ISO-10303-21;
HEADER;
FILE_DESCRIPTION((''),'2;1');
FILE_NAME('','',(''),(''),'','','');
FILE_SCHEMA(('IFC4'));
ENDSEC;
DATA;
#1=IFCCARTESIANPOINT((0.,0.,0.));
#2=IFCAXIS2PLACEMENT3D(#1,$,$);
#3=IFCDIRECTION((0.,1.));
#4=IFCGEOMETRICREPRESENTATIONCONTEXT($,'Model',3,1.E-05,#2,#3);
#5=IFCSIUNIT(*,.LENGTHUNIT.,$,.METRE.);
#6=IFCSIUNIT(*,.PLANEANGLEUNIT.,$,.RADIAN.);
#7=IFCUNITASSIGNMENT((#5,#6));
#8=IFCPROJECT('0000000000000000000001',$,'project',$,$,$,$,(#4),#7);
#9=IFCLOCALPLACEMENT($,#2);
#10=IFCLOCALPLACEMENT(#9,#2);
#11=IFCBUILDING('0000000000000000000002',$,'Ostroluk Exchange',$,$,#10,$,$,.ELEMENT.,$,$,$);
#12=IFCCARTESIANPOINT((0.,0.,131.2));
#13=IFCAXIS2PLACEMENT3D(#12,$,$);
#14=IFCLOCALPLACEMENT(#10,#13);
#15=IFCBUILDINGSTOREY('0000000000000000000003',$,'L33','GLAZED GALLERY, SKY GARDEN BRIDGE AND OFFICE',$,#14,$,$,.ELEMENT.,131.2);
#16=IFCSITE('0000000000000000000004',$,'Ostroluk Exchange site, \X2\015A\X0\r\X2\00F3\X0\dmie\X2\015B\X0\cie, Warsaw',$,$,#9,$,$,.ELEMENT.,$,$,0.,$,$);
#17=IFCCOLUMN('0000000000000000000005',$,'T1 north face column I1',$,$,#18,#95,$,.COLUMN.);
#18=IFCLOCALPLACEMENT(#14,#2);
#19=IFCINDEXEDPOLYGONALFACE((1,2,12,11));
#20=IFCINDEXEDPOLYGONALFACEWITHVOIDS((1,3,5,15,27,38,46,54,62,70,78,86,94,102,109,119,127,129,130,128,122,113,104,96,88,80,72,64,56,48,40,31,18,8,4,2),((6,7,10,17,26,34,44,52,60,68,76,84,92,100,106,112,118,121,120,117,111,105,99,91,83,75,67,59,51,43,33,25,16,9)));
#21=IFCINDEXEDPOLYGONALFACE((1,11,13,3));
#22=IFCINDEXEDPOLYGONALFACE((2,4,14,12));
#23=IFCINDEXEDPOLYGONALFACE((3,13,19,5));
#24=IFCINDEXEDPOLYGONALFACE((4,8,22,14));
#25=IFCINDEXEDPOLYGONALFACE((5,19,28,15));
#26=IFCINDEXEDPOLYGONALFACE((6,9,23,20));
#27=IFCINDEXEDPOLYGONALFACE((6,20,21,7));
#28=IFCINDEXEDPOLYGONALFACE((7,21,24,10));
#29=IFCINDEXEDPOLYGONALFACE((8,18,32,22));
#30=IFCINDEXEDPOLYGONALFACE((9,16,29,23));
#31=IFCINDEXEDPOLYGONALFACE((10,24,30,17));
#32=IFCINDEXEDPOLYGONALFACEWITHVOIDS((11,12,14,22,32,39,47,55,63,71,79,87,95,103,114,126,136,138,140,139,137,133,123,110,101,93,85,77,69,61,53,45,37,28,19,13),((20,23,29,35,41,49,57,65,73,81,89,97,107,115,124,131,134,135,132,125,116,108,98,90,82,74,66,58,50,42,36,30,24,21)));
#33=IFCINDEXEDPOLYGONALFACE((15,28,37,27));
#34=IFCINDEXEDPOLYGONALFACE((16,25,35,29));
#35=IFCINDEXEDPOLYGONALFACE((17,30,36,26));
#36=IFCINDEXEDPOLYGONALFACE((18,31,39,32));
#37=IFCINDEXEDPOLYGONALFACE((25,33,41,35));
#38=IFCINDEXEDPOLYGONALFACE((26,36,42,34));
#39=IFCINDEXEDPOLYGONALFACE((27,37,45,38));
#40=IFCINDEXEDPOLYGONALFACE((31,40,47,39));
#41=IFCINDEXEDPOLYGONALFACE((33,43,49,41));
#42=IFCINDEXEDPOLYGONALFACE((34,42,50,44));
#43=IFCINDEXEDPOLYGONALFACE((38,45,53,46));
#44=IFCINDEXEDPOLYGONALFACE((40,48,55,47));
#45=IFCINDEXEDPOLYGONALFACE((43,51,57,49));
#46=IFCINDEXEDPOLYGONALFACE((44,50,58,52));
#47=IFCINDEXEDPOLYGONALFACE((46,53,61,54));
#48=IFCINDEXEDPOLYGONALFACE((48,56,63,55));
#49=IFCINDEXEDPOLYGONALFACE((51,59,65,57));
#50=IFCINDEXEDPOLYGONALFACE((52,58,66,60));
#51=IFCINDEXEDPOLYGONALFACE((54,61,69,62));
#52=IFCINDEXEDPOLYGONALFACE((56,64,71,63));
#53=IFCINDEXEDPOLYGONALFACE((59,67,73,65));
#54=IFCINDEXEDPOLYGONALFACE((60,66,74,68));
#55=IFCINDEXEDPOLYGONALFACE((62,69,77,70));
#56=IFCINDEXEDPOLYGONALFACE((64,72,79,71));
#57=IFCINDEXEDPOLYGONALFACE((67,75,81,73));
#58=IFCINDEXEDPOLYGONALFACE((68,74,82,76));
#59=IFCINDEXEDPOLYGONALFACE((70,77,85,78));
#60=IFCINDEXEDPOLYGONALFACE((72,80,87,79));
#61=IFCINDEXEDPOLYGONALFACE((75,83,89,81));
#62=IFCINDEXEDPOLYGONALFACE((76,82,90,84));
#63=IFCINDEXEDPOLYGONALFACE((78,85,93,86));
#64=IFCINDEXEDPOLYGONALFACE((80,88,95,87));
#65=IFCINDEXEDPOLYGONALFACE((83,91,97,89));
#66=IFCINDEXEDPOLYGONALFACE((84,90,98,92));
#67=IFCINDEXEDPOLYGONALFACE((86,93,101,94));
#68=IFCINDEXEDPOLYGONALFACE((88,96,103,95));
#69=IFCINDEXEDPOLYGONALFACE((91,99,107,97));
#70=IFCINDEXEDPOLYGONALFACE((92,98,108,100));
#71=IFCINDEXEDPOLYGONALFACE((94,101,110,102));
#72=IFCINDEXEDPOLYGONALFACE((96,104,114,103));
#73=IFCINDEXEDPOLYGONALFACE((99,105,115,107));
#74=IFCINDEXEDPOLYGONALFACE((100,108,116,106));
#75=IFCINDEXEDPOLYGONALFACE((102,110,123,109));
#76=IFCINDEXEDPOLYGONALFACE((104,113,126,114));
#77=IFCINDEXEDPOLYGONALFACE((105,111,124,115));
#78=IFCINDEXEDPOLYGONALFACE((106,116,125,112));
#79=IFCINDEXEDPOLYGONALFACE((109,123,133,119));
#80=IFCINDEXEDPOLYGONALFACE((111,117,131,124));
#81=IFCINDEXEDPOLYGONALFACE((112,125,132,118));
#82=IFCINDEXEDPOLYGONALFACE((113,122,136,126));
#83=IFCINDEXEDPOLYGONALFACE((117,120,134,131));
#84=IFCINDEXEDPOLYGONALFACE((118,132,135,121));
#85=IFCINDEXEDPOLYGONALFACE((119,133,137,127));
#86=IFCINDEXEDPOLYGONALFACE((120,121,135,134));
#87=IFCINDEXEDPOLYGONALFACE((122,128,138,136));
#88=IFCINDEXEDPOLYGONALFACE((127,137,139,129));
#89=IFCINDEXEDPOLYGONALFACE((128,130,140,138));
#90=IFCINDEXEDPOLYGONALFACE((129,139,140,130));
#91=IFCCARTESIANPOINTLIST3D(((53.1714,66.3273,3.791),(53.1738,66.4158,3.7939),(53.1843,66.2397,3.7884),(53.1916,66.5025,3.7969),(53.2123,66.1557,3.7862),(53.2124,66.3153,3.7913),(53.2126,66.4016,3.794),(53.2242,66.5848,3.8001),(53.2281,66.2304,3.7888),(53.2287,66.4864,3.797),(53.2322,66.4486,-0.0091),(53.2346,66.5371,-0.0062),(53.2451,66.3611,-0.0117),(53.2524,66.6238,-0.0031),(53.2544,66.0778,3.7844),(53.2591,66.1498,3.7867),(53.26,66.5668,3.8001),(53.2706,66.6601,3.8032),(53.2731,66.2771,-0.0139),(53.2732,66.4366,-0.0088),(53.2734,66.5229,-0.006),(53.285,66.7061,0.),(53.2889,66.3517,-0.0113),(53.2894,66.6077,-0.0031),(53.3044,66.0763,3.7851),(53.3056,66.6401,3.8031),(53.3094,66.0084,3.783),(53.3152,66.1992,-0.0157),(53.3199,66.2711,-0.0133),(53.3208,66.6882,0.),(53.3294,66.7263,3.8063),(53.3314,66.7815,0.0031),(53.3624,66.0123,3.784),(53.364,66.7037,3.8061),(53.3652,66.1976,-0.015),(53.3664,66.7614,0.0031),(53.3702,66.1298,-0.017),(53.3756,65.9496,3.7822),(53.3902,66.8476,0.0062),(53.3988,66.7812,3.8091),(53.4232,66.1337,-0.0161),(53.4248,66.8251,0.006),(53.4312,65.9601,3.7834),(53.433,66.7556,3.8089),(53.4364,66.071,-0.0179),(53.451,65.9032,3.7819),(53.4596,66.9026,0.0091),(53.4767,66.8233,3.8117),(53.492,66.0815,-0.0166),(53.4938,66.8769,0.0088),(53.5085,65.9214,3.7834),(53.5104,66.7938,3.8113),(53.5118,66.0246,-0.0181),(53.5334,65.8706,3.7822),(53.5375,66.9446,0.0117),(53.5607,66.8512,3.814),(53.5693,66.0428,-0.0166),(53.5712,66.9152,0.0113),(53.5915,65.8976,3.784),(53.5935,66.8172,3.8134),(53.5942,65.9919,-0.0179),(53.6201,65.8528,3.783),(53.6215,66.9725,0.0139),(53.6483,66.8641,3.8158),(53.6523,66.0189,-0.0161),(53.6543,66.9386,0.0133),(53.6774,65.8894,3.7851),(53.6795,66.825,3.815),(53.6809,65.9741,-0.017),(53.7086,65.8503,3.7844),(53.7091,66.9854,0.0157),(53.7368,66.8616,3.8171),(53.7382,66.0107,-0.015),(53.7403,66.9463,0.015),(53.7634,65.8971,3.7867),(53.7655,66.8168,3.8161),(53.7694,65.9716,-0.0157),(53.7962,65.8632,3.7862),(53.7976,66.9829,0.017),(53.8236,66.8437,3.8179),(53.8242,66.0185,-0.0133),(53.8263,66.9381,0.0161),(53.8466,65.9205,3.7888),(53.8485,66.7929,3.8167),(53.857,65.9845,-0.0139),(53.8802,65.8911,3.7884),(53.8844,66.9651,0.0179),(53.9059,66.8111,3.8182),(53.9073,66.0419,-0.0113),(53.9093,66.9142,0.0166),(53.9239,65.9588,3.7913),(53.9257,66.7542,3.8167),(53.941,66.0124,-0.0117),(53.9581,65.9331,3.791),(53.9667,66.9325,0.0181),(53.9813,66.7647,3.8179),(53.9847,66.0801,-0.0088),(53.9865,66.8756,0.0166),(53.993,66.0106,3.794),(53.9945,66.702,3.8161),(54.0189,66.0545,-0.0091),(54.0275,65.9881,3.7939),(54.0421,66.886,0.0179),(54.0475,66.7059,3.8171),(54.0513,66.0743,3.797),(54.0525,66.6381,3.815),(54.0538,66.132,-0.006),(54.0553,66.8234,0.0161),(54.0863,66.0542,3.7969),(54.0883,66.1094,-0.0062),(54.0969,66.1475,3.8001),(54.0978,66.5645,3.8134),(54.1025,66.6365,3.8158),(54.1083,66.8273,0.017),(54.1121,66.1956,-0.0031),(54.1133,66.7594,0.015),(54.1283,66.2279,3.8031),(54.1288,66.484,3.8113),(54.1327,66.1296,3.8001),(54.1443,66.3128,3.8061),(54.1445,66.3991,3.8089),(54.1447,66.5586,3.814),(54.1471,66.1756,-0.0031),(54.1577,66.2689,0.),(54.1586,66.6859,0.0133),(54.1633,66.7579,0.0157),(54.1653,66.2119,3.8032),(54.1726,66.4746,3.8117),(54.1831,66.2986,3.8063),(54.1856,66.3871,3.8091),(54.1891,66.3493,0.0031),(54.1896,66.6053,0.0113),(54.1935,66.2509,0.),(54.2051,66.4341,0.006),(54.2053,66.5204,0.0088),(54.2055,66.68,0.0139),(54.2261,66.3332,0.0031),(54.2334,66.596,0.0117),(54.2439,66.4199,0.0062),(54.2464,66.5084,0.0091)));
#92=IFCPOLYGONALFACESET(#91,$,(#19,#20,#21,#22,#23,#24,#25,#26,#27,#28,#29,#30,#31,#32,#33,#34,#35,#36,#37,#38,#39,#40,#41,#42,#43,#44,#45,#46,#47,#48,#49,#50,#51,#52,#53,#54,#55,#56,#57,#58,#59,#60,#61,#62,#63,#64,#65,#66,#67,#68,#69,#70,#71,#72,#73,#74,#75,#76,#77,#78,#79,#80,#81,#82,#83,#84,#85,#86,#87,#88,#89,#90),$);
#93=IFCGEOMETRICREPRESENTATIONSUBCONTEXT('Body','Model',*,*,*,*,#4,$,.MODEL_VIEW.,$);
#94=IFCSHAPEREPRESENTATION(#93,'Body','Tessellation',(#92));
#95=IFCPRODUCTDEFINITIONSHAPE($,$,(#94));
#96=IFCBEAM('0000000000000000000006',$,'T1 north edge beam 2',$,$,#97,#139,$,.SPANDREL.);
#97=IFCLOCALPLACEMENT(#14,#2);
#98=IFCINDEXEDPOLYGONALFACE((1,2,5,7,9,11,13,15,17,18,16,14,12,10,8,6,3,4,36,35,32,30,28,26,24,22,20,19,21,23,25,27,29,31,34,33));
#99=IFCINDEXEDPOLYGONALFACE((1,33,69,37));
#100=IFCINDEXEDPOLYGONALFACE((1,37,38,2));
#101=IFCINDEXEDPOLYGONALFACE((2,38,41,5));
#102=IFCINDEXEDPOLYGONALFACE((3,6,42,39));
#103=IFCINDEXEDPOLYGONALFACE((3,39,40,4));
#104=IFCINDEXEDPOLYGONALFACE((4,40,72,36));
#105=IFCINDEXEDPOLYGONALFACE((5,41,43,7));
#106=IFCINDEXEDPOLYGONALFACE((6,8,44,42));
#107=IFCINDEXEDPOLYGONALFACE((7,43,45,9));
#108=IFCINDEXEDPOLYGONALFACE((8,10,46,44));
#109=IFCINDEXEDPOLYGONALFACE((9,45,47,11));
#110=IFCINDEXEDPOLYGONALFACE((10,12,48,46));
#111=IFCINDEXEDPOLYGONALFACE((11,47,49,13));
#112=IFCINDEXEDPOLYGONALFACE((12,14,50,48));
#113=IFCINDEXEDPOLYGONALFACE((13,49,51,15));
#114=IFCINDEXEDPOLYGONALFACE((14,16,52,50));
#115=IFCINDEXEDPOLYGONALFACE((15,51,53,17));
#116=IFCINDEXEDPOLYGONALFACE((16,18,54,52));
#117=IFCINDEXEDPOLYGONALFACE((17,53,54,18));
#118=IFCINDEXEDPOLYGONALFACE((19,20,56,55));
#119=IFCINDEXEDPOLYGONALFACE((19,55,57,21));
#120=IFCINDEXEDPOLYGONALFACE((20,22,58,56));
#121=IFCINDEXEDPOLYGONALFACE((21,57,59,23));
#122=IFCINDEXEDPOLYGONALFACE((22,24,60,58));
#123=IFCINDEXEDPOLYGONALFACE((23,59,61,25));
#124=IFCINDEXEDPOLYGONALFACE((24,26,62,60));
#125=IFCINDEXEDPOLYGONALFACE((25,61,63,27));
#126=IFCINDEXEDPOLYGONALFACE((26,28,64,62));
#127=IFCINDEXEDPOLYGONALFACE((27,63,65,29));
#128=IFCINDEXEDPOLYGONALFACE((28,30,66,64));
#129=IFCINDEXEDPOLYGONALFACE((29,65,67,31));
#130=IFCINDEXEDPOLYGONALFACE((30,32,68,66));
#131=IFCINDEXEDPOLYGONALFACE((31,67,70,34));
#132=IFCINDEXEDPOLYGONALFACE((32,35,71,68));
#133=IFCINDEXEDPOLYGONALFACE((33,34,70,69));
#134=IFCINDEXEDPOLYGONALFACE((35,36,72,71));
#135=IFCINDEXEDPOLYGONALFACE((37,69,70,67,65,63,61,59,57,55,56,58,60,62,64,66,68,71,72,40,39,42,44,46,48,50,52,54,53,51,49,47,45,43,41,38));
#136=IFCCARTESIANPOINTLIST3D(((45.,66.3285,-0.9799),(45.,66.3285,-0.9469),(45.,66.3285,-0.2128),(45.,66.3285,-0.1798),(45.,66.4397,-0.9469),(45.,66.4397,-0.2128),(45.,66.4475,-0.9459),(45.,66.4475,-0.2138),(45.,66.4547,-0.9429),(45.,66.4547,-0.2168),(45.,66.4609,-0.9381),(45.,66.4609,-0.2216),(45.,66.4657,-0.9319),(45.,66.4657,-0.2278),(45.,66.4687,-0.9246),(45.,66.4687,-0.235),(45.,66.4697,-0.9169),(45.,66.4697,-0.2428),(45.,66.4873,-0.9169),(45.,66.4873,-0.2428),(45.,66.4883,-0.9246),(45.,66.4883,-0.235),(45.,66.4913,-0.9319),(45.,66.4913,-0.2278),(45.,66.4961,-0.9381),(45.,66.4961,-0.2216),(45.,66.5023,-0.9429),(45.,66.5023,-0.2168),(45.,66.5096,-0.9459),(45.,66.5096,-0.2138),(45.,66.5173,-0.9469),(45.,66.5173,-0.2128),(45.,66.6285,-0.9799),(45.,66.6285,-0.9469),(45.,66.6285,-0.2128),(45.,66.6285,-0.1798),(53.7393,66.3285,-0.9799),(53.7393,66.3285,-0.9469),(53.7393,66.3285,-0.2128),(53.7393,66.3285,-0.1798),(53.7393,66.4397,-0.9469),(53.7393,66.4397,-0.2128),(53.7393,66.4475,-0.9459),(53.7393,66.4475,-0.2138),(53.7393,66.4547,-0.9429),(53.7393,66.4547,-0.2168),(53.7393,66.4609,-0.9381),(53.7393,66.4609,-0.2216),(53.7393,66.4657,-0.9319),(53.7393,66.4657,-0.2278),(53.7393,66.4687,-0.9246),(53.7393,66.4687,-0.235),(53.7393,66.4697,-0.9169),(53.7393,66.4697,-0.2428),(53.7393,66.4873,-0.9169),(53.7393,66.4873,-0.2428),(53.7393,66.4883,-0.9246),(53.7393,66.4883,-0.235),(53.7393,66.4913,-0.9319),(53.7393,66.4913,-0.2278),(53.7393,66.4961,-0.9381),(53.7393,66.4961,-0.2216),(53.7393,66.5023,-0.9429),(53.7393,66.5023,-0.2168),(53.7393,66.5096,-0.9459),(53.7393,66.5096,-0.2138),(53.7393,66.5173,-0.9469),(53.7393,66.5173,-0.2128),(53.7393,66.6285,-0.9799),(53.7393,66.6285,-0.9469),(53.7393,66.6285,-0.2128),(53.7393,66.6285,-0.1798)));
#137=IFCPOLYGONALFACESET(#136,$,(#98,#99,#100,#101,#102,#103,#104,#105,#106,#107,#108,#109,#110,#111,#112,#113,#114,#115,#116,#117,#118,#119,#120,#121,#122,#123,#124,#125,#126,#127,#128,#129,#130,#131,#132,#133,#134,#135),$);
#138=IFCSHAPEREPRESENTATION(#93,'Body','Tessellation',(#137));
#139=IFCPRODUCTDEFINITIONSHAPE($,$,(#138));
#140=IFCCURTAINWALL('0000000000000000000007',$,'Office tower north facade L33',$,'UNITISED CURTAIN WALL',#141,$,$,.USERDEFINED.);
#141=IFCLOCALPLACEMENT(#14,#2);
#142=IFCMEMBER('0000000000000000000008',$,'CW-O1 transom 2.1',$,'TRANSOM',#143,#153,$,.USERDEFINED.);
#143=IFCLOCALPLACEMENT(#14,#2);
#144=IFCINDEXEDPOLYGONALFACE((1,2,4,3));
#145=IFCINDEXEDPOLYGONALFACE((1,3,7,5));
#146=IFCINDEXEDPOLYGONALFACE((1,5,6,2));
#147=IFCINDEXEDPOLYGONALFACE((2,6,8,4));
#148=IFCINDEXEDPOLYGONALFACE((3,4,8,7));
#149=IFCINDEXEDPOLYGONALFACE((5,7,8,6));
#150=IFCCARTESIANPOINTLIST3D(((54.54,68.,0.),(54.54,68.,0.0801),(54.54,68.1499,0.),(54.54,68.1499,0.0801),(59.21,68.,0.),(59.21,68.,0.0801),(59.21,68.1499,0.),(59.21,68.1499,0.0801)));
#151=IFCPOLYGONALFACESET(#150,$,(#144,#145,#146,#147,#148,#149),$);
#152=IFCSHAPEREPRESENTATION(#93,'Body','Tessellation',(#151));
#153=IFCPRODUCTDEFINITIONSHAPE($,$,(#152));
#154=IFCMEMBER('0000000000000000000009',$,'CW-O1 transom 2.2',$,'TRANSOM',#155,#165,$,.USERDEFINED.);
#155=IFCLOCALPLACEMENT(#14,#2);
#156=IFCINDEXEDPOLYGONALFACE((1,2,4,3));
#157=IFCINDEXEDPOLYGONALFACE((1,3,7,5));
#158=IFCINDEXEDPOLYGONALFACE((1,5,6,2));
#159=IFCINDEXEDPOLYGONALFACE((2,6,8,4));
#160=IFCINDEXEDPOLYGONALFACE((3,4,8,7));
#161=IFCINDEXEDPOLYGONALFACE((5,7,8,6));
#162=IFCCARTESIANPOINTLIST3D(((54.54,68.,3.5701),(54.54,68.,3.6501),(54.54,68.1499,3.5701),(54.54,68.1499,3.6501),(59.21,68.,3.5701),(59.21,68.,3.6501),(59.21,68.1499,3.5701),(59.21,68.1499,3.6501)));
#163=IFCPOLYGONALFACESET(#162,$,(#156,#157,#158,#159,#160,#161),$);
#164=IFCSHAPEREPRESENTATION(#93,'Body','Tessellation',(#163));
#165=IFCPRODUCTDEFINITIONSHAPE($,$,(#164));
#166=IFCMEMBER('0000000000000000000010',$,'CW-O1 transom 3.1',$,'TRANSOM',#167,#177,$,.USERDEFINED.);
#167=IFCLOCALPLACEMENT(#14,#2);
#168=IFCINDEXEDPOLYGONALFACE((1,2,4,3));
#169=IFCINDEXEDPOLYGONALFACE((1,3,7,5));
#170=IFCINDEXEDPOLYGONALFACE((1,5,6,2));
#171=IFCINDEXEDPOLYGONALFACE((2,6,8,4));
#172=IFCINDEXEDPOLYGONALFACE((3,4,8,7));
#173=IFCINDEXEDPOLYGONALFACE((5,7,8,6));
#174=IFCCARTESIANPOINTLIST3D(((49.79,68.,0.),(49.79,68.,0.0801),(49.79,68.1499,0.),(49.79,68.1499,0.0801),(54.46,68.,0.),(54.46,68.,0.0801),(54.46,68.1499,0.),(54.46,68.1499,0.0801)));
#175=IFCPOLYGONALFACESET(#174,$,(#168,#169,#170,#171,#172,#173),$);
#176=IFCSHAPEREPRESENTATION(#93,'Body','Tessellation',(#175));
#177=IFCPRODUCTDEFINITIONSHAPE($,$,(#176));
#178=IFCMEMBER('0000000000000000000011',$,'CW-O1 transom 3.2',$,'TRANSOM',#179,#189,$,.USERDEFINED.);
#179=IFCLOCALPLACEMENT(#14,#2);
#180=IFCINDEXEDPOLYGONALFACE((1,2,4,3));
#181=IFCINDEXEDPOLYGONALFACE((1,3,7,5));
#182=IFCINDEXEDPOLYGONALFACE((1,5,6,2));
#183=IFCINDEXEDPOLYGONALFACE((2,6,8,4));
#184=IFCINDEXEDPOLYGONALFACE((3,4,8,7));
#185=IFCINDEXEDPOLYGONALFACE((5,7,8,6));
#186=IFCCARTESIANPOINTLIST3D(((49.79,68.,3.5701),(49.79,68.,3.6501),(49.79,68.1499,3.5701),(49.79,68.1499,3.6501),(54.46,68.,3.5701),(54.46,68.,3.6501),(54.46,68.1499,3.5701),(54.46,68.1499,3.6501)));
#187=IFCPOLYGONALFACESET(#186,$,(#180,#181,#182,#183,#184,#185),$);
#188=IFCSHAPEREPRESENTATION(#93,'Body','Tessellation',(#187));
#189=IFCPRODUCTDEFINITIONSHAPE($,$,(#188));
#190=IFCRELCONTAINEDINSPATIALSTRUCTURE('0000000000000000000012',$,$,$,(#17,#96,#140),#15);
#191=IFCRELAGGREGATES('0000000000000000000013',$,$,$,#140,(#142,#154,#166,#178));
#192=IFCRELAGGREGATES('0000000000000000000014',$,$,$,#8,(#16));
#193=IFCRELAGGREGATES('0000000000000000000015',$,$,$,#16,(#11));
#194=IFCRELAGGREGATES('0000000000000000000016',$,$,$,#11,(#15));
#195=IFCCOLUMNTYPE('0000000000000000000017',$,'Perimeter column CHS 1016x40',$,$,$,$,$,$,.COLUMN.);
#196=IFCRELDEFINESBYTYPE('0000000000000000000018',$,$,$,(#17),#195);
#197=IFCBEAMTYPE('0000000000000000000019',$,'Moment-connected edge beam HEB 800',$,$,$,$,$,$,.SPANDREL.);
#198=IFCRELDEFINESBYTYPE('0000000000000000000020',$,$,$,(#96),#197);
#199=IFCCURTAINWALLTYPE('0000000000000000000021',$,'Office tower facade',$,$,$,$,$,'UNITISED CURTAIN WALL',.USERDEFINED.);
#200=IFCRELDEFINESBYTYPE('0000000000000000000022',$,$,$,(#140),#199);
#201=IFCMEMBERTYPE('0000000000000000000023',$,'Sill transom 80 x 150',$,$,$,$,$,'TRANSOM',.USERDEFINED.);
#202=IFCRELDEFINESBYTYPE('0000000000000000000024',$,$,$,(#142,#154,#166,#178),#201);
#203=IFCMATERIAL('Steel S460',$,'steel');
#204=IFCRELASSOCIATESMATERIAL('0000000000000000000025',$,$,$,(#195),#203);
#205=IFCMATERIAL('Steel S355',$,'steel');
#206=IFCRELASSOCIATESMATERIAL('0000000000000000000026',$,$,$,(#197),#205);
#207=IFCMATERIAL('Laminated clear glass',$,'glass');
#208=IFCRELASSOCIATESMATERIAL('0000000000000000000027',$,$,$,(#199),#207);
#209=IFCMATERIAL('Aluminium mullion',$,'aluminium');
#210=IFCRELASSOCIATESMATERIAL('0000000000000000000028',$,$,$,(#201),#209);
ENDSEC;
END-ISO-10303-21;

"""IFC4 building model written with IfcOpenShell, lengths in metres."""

from ifc_helpers import new_model, si_unit, direction, frame, origin, origin_2d, place, context, subcontext, project, spatial, rectangle, hollow_circle, i_section, extrude, material, material_profile, profile_set, type_object, element, aggregate, save


model = new_model("IFC4")

# Units and contexts
model_context = context("Model", 3, precision=1e-05, world=origin(), true_north=direction((0.0, 1.0)))
body_context = subcontext(model_context, "Body", "Model", "MODEL_VIEW")
ifc_project = project(units=[si_unit("LENGTHUNIT", "METRE"), si_unit("PLANEANGLEUNIT", "RADIAN")], contexts=[model_context])

# Site, building, storey
site_placement = place(None, origin())
site = spatial("IfcSite", under=ifc_project, at=site_placement, Name="Ostroluk Exchange site, Śródmieście, Warsaw", CompositionType="ELEMENT", RefElevation=0.0)
building_placement = place(site_placement, origin())
building = spatial("IfcBuilding", under=site, at=building_placement, Name="Ostroluk Exchange", CompositionType="ELEMENT")
storey_placement = place(building_placement, frame((0.0, 0.0, 131.2)))
storey = spatial("IfcBuildingStorey", under=building, at=storey_placement, Name="L33", Description="GLAZED GALLERY, SKY GARDEN BRIDGE AND OFFICE", CompositionType="ELEMENT", Elevation=131.2)

# Column
ifc_material_1 = material(Name="Steel S460", Category="steel")
ifc_material_profile_1 = material_profile(ifc_material_1, hollow_circle(Radius=0.5081, WallThickness=0.04, at=origin_2d()), Name="CHS 1016x40")
ifc_profile_set_1 = profile_set([ifc_material_profile_1], Name="Steel S460")
column_type = type_object("IfcColumnType", Name="Perimeter column CHS 1016x40", PredefinedType="COLUMN", material=ifc_profile_set_1)
column_placement = place(storey_placement, frame((53.7393, 66.4785, 0.0), z_axis=(-0.015987, -0.03191, 0.999363), x_axis=(0.894067, -0.447933, 0.0)))
element("IfcColumn", 1, at=column_placement, inside=storey, type_object=column_type, Name="T1 north face column I1", PredefinedType="COLUMN", context=body_context, shape_type="SweptSolid", body=[
    extrude(hollow_circle(Radius=0.5081, WallThickness=0.04, at=origin_2d()), origin(), (0.0, 0.0, 1.0), 3.8025),
])

# Beam
ifc_material_2 = material(Name="Steel S355", Category="steel")
ifc_material_profile_2 = material_profile(ifc_material_2, i_section(OverallWidth=0.3, OverallDepth=0.8, WebThickness=0.0176, FlangeThickness=0.033, FilletRadius=0.03, at=origin_2d()), Name="HEB 800")
ifc_profile_set_2 = profile_set([ifc_material_profile_2], Name="Steel S355")
beam_type = type_object("IfcBeamType", Name="Moment-connected edge beam HEB 800", PredefinedType="SPANDREL", material=ifc_profile_set_2)
beam_placement = place(storey_placement, frame((53.7393, 66.4785, -0.5798), z_axis=(-1.0, 0.0, 0.0), x_axis=(0.0, -1.0, 0.0)))
element("IfcBeam", 2, at=beam_placement, inside=storey, type_object=beam_type, Name="T1 north edge beam 2", PredefinedType="SPANDREL", context=body_context, shape_type="SweptSolid", body=[
    extrude(i_section(OverallWidth=0.3, OverallDepth=0.8, WebThickness=0.0176, FlangeThickness=0.033, FilletRadius=0.03, at=origin_2d()), origin(), (0.0, 0.0, 1.0), 8.7393),
])

# Curtain wall, members
ifc_material_3 = material(Name="Laminated clear glass", Category="glass")
curtain_wall_type = type_object("IfcCurtainWallType", Name="Office tower facade", ElementType="UNITISED CURTAIN WALL", PredefinedType="USERDEFINED", material=ifc_material_3)
curtain_wall_placement = place(storey_placement, origin())
curtain_wall = element("IfcCurtainWall", 3, at=curtain_wall_placement, inside=storey, type_object=curtain_wall_type, Name="Office tower north facade L33", ObjectType="UNITISED CURTAIN WALL", PredefinedType="USERDEFINED")
ifc_material_4 = material(Name="Aluminium mullion", Category="aluminium")
ifc_material_profile_3 = material_profile(ifc_material_4, rectangle(XDim=0.1499, YDim=0.0801, at=origin_2d()), Name="Sill transom 80 x 150")
ifc_profile_set_3 = profile_set([ifc_material_profile_3], Name="Aluminium mullion")
member_type_1 = type_object("IfcMemberType", Name="Sill transom 80 x 150", ElementType="TRANSOM", PredefinedType="USERDEFINED", material=ifc_profile_set_3)
member_1_placement = place(storey_placement, frame((59.21, 68.075, 0.04), z_axis=(-1.0, 0.0, 0.0), x_axis=(0.0, -1.0, 0.0)))
member_1 = element("IfcMember", 4, at=member_1_placement, type_object=member_type_1, Name="CW-O1 transom 2.1", ObjectType="TRANSOM", PredefinedType="USERDEFINED", context=body_context, shape_type="SweptSolid", body=[
    extrude(rectangle(XDim=0.1499, YDim=0.0801, at=origin_2d()), origin(), (0.0, 0.0, 1.0), 4.6699),
])
member_2_placement = place(storey_placement, frame((59.21, 68.075, 3.6101), z_axis=(-1.0, 0.0, 0.0), x_axis=(0.0, -1.0, 0.0)))
member_2 = element("IfcMember", 5, at=member_2_placement, type_object=member_type_1, Name="CW-O1 transom 2.2", ObjectType="TRANSOM", PredefinedType="USERDEFINED", context=body_context, shape_type="SweptSolid", body=[
    extrude(rectangle(XDim=0.1499, YDim=0.0801, at=origin_2d()), origin(), (0.0, 0.0, 1.0), 4.6699),
])
member_3_placement = place(storey_placement, frame((54.46, 68.075, 0.04), z_axis=(-1.0, 0.0, 0.0), x_axis=(0.0, -1.0, 0.0)))
member_3 = element("IfcMember", 6, at=member_3_placement, type_object=member_type_1, Name="CW-O1 transom 3.1", ObjectType="TRANSOM", PredefinedType="USERDEFINED", context=body_context, shape_type="SweptSolid", body=[
    extrude(rectangle(XDim=0.1499, YDim=0.0801, at=origin_2d()), origin(), (0.0, 0.0, 1.0), 4.6699),
])
member_4_placement = place(storey_placement, frame((54.46, 68.075, 3.6101), z_axis=(-1.0, 0.0, 0.0), x_axis=(0.0, -1.0, 0.0)))
member_4 = element("IfcMember", 7, at=member_4_placement, type_object=member_type_1, Name="CW-O1 transom 3.2", ObjectType="TRANSOM", PredefinedType="USERDEFINED", context=body_context, shape_type="SweptSolid", body=[
    extrude(rectangle(XDim=0.1499, YDim=0.0801, at=origin_2d()), origin(), (0.0, 0.0, 1.0), 4.6699),
])
aggregate(curtain_wall, [member_1, member_2, member_3, member_4])

save(model, "model.ifc")
